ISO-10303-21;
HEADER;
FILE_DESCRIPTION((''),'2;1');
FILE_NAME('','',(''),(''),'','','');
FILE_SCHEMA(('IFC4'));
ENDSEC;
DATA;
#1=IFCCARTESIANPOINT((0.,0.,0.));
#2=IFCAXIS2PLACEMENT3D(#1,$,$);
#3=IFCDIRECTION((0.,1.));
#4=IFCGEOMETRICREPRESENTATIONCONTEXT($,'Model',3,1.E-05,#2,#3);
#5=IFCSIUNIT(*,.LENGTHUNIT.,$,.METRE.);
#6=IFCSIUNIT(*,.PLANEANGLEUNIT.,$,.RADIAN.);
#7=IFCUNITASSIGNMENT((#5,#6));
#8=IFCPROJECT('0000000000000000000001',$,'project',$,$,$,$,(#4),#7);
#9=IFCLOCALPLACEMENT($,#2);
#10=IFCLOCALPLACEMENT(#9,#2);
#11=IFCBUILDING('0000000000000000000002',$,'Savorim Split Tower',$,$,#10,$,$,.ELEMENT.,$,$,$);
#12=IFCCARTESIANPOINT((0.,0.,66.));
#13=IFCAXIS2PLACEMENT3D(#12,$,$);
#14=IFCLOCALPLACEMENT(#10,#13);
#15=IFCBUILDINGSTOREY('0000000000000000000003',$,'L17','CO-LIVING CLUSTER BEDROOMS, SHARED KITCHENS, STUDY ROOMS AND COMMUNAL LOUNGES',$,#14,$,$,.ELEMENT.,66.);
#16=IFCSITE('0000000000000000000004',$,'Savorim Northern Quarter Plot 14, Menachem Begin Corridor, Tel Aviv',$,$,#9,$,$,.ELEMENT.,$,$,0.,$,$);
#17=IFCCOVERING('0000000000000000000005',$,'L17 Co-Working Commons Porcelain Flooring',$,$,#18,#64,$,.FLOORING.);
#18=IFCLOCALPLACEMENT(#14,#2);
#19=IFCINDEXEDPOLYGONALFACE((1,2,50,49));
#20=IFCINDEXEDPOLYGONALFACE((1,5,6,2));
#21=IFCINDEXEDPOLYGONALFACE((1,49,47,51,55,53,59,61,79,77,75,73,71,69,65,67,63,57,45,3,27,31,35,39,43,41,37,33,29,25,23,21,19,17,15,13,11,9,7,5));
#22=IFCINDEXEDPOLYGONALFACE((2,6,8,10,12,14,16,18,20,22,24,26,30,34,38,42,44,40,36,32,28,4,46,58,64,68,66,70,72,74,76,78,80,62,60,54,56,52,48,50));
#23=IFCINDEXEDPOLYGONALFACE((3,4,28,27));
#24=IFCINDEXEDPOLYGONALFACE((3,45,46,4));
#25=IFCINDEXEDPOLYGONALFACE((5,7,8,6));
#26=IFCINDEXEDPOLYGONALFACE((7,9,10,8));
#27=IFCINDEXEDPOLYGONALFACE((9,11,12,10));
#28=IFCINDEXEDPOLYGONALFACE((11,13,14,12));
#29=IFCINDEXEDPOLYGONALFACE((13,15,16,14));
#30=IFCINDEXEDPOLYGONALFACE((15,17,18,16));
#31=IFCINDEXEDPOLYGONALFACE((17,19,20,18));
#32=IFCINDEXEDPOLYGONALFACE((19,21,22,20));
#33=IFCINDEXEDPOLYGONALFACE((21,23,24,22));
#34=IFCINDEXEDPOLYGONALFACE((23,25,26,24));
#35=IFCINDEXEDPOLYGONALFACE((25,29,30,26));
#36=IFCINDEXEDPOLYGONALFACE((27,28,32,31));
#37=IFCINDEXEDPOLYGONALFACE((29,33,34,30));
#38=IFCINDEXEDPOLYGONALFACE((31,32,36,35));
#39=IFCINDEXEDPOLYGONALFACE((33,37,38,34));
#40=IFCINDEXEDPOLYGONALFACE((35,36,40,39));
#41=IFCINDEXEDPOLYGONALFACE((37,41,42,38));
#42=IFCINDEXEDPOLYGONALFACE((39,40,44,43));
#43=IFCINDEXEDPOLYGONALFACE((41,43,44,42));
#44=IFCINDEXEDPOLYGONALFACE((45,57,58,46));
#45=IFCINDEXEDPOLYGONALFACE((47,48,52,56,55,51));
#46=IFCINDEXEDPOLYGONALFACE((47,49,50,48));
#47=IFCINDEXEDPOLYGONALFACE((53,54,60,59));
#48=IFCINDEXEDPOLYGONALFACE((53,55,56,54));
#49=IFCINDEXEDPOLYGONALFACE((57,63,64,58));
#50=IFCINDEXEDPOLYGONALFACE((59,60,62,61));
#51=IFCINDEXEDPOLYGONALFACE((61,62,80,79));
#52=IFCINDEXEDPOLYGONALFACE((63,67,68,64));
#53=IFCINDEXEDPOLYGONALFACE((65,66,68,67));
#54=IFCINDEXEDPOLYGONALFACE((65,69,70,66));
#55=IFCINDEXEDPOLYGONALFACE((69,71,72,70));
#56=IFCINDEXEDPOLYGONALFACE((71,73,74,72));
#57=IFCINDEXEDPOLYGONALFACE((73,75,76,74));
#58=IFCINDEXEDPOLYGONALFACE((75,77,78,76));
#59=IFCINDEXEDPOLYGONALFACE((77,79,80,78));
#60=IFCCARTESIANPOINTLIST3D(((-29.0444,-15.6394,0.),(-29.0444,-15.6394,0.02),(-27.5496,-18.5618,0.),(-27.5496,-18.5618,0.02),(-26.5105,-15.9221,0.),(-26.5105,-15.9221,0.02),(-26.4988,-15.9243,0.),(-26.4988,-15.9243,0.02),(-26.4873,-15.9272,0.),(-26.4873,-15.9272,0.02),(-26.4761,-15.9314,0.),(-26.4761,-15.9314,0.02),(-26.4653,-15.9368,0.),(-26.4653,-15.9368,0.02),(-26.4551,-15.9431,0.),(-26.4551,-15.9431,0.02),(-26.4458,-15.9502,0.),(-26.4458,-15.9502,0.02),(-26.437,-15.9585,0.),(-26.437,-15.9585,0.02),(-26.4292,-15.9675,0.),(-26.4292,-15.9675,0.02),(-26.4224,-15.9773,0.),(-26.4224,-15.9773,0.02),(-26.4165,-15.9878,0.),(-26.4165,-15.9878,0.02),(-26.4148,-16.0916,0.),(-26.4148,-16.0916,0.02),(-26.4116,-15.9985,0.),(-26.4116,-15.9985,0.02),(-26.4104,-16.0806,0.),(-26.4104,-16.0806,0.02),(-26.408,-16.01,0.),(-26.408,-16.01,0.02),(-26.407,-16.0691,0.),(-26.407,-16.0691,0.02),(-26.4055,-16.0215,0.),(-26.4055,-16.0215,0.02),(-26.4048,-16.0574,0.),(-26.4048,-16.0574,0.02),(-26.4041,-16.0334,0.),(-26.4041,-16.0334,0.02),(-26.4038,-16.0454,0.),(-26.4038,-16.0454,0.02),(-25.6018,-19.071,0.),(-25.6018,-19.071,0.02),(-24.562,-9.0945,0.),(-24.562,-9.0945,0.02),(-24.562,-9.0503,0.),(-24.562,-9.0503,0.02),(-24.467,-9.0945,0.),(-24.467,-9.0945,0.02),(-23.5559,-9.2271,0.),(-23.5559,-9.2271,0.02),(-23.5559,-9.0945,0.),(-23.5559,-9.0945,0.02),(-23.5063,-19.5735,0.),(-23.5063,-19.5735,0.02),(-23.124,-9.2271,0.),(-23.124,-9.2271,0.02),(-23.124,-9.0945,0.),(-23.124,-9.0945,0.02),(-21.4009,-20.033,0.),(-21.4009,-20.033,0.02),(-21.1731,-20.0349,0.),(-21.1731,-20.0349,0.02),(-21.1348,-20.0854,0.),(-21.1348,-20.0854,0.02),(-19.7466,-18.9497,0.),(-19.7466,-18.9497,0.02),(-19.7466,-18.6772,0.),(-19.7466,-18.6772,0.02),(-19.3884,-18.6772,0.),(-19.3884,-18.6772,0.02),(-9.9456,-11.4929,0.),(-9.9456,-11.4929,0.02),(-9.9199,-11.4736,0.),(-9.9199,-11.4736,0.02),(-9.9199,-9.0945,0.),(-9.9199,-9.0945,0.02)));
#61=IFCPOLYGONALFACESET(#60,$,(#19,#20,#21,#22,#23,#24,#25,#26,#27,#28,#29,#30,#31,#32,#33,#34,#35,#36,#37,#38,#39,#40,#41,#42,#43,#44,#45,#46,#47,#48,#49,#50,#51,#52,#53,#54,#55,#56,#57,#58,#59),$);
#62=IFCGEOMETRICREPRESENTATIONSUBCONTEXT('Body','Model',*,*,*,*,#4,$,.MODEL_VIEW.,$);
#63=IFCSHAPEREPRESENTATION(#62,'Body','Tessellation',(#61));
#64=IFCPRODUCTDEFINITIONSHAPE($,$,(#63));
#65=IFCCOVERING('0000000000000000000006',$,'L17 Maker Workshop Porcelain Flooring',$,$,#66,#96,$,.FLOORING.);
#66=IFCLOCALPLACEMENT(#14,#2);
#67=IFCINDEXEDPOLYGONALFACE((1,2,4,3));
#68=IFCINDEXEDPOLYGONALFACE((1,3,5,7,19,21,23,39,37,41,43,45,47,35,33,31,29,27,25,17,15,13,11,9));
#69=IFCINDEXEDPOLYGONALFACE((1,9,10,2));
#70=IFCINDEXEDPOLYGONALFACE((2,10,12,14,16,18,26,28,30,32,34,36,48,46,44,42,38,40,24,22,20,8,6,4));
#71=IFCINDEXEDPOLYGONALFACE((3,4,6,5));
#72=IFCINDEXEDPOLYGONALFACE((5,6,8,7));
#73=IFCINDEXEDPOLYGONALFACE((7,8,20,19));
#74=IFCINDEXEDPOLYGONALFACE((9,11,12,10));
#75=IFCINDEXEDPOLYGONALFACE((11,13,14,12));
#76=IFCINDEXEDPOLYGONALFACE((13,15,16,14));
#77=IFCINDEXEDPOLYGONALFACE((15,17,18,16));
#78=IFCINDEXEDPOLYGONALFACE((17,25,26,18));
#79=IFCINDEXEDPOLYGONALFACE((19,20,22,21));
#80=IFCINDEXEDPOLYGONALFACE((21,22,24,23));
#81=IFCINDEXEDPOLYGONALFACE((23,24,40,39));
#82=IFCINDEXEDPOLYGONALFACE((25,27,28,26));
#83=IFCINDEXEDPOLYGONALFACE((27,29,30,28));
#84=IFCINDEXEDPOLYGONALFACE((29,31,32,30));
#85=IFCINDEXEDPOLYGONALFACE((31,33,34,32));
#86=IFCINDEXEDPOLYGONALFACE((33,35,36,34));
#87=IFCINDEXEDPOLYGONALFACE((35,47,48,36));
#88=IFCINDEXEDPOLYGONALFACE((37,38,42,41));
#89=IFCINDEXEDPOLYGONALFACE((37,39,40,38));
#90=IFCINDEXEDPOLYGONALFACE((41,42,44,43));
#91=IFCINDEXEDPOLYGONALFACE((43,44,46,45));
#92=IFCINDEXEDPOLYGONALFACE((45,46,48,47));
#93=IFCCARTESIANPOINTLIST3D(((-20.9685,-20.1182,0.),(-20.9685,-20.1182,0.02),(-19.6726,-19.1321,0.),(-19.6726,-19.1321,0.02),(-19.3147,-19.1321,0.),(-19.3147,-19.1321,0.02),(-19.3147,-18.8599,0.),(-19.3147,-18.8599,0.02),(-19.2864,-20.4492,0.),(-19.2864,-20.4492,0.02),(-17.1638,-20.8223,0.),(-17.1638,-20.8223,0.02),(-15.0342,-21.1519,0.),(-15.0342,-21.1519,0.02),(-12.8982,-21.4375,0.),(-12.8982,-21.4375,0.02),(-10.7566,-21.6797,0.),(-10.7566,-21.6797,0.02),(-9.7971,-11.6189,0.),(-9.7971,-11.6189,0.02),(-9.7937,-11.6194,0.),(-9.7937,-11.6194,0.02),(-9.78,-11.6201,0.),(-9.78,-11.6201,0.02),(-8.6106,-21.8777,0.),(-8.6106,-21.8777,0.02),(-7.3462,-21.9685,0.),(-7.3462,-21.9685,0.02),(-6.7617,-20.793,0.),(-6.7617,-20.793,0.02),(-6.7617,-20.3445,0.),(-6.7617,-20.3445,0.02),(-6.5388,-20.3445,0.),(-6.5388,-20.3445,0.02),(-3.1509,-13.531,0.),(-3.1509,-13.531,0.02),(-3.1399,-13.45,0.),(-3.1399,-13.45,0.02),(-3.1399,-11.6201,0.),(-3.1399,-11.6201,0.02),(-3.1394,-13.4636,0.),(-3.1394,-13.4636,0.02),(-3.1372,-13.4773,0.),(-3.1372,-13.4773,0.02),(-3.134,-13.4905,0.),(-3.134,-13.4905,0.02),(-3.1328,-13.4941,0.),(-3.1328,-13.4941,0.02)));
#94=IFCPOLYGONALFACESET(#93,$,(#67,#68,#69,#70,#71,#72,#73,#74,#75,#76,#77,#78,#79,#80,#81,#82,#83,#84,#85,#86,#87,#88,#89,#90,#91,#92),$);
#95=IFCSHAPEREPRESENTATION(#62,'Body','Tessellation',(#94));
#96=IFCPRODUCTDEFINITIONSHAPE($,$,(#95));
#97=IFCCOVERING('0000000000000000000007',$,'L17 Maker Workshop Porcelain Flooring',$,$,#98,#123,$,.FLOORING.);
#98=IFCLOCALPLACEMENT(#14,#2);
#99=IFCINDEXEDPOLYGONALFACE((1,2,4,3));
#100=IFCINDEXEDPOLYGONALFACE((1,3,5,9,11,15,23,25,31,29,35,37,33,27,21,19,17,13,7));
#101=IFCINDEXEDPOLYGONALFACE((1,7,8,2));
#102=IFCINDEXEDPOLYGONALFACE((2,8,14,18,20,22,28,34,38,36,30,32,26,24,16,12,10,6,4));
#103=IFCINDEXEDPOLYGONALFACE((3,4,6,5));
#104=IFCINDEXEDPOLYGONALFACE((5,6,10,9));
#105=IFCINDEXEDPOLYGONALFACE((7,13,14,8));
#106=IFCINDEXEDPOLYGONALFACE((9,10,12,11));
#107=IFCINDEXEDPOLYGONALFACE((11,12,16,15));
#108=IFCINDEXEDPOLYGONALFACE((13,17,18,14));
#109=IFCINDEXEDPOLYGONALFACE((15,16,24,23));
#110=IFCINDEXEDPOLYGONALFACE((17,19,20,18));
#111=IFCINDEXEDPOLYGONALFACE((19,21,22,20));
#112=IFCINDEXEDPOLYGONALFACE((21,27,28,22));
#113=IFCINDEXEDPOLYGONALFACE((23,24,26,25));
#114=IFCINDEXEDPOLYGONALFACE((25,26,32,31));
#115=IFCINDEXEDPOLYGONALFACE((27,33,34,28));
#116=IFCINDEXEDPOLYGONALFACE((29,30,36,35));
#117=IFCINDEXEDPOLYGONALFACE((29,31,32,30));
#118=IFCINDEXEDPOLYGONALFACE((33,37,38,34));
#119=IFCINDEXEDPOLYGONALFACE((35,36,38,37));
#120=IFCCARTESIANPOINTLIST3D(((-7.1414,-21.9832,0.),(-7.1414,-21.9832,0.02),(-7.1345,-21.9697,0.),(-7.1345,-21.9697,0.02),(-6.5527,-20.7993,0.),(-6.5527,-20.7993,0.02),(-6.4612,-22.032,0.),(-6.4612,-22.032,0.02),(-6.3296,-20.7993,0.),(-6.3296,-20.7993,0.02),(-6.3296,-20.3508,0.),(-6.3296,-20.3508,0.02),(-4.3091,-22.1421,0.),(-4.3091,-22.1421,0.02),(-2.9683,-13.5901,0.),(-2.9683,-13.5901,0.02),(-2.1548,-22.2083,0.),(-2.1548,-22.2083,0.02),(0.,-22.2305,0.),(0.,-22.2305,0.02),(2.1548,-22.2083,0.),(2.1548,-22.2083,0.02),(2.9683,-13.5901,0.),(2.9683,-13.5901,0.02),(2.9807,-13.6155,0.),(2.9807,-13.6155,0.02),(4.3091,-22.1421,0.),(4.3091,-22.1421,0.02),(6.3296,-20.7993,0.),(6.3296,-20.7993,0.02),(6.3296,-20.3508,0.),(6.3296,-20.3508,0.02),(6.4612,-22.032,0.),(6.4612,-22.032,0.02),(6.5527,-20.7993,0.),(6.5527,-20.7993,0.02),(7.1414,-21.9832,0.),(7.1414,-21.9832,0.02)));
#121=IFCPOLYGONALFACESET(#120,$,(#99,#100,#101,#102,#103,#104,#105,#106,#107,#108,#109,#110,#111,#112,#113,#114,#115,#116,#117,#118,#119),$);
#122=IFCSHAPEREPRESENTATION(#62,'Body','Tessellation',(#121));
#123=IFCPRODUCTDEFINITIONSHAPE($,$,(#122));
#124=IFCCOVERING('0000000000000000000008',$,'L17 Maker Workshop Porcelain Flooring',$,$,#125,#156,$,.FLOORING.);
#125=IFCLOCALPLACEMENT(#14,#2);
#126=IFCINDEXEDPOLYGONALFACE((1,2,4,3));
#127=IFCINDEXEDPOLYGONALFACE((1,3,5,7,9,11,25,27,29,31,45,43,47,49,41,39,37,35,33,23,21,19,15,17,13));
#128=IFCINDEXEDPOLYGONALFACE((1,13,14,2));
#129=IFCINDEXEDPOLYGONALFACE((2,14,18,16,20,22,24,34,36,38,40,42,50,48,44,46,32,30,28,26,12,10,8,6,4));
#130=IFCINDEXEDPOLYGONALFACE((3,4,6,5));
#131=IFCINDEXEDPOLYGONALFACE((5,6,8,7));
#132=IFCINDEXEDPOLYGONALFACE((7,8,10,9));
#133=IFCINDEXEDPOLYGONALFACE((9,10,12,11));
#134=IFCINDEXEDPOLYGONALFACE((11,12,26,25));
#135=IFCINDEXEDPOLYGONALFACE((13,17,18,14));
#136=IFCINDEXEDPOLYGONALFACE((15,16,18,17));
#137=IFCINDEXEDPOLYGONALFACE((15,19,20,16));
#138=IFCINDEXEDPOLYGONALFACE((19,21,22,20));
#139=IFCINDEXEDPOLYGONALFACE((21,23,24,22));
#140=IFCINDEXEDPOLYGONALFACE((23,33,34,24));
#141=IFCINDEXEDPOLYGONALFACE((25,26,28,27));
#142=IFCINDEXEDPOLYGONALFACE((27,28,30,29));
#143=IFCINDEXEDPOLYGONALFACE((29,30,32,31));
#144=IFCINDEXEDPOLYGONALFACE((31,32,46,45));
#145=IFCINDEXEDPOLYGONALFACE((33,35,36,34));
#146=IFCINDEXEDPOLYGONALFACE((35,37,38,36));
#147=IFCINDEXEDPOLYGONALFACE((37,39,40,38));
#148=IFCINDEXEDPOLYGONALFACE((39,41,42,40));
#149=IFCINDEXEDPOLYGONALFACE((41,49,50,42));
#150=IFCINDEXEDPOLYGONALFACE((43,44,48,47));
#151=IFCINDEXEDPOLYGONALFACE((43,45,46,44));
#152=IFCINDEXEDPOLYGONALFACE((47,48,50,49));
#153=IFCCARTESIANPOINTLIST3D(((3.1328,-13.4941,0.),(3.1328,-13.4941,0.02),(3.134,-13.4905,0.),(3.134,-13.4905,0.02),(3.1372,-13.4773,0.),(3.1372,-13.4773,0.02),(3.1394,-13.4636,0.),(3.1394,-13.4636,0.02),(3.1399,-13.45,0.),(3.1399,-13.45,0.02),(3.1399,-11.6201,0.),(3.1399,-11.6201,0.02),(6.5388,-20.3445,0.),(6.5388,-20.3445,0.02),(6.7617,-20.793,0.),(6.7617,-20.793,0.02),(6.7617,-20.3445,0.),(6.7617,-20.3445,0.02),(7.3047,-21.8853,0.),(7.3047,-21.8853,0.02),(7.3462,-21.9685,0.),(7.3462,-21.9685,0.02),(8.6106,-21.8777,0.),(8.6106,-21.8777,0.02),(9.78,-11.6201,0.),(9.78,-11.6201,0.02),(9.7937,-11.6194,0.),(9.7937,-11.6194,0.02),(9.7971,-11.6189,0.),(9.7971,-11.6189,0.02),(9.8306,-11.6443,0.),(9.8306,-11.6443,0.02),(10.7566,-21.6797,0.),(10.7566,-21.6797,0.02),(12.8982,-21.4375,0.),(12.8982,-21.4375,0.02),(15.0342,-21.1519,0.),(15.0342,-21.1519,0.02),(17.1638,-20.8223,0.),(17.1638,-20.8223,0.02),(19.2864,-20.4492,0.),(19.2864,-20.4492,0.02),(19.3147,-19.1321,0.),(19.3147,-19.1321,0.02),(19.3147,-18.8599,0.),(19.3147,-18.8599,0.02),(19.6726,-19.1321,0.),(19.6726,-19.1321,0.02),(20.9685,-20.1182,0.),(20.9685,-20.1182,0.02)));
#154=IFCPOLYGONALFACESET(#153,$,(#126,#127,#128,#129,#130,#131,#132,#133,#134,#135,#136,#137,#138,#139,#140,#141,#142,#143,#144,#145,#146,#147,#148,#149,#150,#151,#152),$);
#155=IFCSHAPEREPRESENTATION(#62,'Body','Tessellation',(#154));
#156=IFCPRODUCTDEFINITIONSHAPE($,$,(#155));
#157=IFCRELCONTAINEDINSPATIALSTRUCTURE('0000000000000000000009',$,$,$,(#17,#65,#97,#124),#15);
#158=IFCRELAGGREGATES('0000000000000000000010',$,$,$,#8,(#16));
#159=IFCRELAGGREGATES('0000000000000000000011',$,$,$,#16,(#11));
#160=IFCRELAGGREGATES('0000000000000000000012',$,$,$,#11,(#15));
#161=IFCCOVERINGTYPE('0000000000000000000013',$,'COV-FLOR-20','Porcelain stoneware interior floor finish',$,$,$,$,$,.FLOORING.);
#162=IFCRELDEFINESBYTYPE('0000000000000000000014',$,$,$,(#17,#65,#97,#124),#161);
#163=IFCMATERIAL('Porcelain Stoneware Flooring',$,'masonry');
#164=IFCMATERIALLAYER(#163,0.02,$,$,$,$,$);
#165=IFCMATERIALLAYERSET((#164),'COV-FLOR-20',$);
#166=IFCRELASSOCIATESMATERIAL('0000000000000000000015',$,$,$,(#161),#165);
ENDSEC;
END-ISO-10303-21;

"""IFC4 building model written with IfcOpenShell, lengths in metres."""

from ifc_helpers import new_model, si_unit, direction, frame, origin, place, context, subcontext, project, spatial, polyline, outline, extrude, material, layer, layer_set, type_object, element, save


model = new_model("IFC4")

# Units and contexts
model_context = context("Model", 3, precision=1e-05, world=origin(), true_north=direction((0.0, 1.0)))
body_context = subcontext(model_context, "Body", "Model", "MODEL_VIEW")
ifc_project = project(units=[si_unit("LENGTHUNIT", "METRE"), si_unit("PLANEANGLEUNIT", "RADIAN")], contexts=[model_context])

# Site, building, storey
site_placement = place(None, origin())
site = spatial("IfcSite", under=ifc_project, at=site_placement, Name="Savorim Northern Quarter Plot 14, Menachem Begin Corridor, Tel Aviv", CompositionType="ELEMENT", RefElevation=0.0)
building_placement = place(site_placement, origin())
building = spatial("IfcBuilding", under=site, at=building_placement, Name="Savorim Split Tower", CompositionType="ELEMENT")
storey_placement = place(building_placement, frame((0.0, 0.0, 66.0)))
storey = spatial("IfcBuildingStorey", under=building, at=storey_placement, Name="L17", Description="CO-LIVING CLUSTER BEDROOMS, SHARED KITCHENS, STUDY ROOMS AND COMMUNAL LOUNGES", CompositionType="ELEMENT", Elevation=66.0)

# Coverings
ifc_material_1 = material(Name="Porcelain Stoneware Flooring", Category="masonry")
ifc_layer_1 = layer(ifc_material_1, 0.02)
ifc_layer_set_1 = layer_set([ifc_layer_1], Name="COV-FLOR-20")
covering_type_1 = type_object("IfcCoveringType", Name="COV-FLOR-20", Description="Porcelain stoneware interior floor finish", PredefinedType="FLOORING", material=ifc_layer_set_1)
covering_1_placement = place(storey_placement, origin())
element("IfcCovering", 1, at=covering_1_placement, inside=storey, type_object=covering_type_1, Name="L17 Co-Working Commons Porcelain Flooring", PredefinedType="FLOORING", context=body_context, shape_type="SweptSolid", body=[
    extrude(outline(polyline([(-26.4041, -16.0334), (-26.4038, -16.0454), (-26.4048, -16.0574), (-26.407, -16.0691), (-26.4104, -16.0806), (-26.4148, -16.0916), (-27.5496, -18.5618), (-25.6018, -19.071), (-23.5063, -19.5735), (-21.4009, -20.033), (-21.1348, -20.0854), (-21.1731, -20.0349), (-19.7466, -18.9497), (-19.7466, -18.6772), (-19.3884, -18.6772), (-9.9456, -11.4929), (-9.9199, -11.4736), (-9.9199, -9.0945), (-23.124, -9.0945), (-23.124, -9.2271), (-23.5559, -9.2271), (-23.5559, -9.0945), (-24.467, -9.0945), (-24.562, -9.0945), (-24.562, -9.0503), (-29.0444, -15.6394), (-26.5105, -15.9221), (-26.4988, -15.9243), (-26.4873, -15.9272), (-26.4761, -15.9314), (-26.4653, -15.9368), (-26.4551, -15.9431), (-26.4458, -15.9502), (-26.437, -15.9585), (-26.4292, -15.9675), (-26.4224, -15.9773), (-26.4165, -15.9878), (-26.4116, -15.9985), (-26.408, -16.01), (-26.4055, -16.0215), (-26.4041, -16.0334)])), origin(), (0.0, 0.0, 1.0), 0.02),
])
covering_2_placement = place(storey_placement, origin())
element("IfcCovering", 2, at=covering_2_placement, inside=storey, type_object=covering_type_1, Name="L17 Maker Workshop Porcelain Flooring", PredefinedType="FLOORING", context=body_context, shape_type="SweptSolid", body=[
    extrude(outline(polyline([(-15.0342, -21.1519), (-12.8982, -21.4375), (-10.7566, -21.6797), (-8.6106, -21.8777), (-7.3462, -21.9685), (-6.7617, -20.793), (-6.7617, -20.3445), (-6.5388, -20.3445), (-3.1509, -13.531), (-3.1328, -13.4941), (-3.134, -13.4905), (-3.1372, -13.4773), (-3.1394, -13.4636), (-3.1399, -13.45), (-3.1399, -11.6201), (-9.78, -11.6201), (-9.7937, -11.6194), (-9.7971, -11.6189), (-19.3147, -18.8599), (-19.3147, -19.1321), (-19.6726, -19.1321), (-20.9685, -20.1182), (-19.2864, -20.4492), (-17.1638, -20.8223), (-15.0342, -21.1519)])), origin(), (0.0, 0.0, 1.0), 0.02),
])
covering_3_placement = place(storey_placement, origin())
element("IfcCovering", 3, at=covering_3_placement, inside=storey, type_object=covering_type_1, Name="L17 Maker Workshop Porcelain Flooring", PredefinedType="FLOORING", context=body_context, shape_type="SweptSolid", body=[
    extrude(outline(polyline([(0.0, -22.2305), (2.1548, -22.2083), (4.3091, -22.1421), (6.4612, -22.032), (7.1414, -21.9832), (6.5527, -20.7993), (6.3296, -20.7993), (6.3296, -20.3508), (2.9807, -13.6155), (2.9683, -13.5901), (-2.9683, -13.5901), (-6.3296, -20.3508), (-6.3296, -20.7993), (-6.5527, -20.7993), (-7.1345, -21.9697), (-7.1414, -21.9832), (-6.4612, -22.032), (-4.3091, -22.1421), (-2.1548, -22.2083), (0.0, -22.2305)])), origin(), (0.0, 0.0, 1.0), 0.02),
])
covering_4_placement = place(storey_placement, origin())
element("IfcCovering", 4, at=covering_4_placement, inside=storey, type_object=covering_type_1, Name="L17 Maker Workshop Porcelain Flooring", PredefinedType="FLOORING", context=body_context, shape_type="SweptSolid", body=[
    extrude(outline(polyline([(12.8982, -21.4375), (15.0342, -21.1519), (17.1638, -20.8223), (19.2864, -20.4492), (20.9685, -20.1182), (19.6726, -19.1321), (19.3147, -19.1321), (19.3147, -18.8599), (9.8306, -11.6443), (9.7971, -11.6189), (9.7937, -11.6194), (9.78, -11.6201), (3.1399, -11.6201), (3.1399, -13.45), (3.1394, -13.4636), (3.1372, -13.4773), (3.134, -13.4905), (3.1328, -13.4941), (6.5388, -20.3445), (6.7617, -20.3445), (6.7617, -20.793), (7.3047, -21.8853), (7.3462, -21.9685), (8.6106, -21.8777), (10.7566, -21.6797), (12.8982, -21.4375)])), origin(), (0.0, 0.0, 1.0), 0.02),
])

save(model, "model.ifc")
